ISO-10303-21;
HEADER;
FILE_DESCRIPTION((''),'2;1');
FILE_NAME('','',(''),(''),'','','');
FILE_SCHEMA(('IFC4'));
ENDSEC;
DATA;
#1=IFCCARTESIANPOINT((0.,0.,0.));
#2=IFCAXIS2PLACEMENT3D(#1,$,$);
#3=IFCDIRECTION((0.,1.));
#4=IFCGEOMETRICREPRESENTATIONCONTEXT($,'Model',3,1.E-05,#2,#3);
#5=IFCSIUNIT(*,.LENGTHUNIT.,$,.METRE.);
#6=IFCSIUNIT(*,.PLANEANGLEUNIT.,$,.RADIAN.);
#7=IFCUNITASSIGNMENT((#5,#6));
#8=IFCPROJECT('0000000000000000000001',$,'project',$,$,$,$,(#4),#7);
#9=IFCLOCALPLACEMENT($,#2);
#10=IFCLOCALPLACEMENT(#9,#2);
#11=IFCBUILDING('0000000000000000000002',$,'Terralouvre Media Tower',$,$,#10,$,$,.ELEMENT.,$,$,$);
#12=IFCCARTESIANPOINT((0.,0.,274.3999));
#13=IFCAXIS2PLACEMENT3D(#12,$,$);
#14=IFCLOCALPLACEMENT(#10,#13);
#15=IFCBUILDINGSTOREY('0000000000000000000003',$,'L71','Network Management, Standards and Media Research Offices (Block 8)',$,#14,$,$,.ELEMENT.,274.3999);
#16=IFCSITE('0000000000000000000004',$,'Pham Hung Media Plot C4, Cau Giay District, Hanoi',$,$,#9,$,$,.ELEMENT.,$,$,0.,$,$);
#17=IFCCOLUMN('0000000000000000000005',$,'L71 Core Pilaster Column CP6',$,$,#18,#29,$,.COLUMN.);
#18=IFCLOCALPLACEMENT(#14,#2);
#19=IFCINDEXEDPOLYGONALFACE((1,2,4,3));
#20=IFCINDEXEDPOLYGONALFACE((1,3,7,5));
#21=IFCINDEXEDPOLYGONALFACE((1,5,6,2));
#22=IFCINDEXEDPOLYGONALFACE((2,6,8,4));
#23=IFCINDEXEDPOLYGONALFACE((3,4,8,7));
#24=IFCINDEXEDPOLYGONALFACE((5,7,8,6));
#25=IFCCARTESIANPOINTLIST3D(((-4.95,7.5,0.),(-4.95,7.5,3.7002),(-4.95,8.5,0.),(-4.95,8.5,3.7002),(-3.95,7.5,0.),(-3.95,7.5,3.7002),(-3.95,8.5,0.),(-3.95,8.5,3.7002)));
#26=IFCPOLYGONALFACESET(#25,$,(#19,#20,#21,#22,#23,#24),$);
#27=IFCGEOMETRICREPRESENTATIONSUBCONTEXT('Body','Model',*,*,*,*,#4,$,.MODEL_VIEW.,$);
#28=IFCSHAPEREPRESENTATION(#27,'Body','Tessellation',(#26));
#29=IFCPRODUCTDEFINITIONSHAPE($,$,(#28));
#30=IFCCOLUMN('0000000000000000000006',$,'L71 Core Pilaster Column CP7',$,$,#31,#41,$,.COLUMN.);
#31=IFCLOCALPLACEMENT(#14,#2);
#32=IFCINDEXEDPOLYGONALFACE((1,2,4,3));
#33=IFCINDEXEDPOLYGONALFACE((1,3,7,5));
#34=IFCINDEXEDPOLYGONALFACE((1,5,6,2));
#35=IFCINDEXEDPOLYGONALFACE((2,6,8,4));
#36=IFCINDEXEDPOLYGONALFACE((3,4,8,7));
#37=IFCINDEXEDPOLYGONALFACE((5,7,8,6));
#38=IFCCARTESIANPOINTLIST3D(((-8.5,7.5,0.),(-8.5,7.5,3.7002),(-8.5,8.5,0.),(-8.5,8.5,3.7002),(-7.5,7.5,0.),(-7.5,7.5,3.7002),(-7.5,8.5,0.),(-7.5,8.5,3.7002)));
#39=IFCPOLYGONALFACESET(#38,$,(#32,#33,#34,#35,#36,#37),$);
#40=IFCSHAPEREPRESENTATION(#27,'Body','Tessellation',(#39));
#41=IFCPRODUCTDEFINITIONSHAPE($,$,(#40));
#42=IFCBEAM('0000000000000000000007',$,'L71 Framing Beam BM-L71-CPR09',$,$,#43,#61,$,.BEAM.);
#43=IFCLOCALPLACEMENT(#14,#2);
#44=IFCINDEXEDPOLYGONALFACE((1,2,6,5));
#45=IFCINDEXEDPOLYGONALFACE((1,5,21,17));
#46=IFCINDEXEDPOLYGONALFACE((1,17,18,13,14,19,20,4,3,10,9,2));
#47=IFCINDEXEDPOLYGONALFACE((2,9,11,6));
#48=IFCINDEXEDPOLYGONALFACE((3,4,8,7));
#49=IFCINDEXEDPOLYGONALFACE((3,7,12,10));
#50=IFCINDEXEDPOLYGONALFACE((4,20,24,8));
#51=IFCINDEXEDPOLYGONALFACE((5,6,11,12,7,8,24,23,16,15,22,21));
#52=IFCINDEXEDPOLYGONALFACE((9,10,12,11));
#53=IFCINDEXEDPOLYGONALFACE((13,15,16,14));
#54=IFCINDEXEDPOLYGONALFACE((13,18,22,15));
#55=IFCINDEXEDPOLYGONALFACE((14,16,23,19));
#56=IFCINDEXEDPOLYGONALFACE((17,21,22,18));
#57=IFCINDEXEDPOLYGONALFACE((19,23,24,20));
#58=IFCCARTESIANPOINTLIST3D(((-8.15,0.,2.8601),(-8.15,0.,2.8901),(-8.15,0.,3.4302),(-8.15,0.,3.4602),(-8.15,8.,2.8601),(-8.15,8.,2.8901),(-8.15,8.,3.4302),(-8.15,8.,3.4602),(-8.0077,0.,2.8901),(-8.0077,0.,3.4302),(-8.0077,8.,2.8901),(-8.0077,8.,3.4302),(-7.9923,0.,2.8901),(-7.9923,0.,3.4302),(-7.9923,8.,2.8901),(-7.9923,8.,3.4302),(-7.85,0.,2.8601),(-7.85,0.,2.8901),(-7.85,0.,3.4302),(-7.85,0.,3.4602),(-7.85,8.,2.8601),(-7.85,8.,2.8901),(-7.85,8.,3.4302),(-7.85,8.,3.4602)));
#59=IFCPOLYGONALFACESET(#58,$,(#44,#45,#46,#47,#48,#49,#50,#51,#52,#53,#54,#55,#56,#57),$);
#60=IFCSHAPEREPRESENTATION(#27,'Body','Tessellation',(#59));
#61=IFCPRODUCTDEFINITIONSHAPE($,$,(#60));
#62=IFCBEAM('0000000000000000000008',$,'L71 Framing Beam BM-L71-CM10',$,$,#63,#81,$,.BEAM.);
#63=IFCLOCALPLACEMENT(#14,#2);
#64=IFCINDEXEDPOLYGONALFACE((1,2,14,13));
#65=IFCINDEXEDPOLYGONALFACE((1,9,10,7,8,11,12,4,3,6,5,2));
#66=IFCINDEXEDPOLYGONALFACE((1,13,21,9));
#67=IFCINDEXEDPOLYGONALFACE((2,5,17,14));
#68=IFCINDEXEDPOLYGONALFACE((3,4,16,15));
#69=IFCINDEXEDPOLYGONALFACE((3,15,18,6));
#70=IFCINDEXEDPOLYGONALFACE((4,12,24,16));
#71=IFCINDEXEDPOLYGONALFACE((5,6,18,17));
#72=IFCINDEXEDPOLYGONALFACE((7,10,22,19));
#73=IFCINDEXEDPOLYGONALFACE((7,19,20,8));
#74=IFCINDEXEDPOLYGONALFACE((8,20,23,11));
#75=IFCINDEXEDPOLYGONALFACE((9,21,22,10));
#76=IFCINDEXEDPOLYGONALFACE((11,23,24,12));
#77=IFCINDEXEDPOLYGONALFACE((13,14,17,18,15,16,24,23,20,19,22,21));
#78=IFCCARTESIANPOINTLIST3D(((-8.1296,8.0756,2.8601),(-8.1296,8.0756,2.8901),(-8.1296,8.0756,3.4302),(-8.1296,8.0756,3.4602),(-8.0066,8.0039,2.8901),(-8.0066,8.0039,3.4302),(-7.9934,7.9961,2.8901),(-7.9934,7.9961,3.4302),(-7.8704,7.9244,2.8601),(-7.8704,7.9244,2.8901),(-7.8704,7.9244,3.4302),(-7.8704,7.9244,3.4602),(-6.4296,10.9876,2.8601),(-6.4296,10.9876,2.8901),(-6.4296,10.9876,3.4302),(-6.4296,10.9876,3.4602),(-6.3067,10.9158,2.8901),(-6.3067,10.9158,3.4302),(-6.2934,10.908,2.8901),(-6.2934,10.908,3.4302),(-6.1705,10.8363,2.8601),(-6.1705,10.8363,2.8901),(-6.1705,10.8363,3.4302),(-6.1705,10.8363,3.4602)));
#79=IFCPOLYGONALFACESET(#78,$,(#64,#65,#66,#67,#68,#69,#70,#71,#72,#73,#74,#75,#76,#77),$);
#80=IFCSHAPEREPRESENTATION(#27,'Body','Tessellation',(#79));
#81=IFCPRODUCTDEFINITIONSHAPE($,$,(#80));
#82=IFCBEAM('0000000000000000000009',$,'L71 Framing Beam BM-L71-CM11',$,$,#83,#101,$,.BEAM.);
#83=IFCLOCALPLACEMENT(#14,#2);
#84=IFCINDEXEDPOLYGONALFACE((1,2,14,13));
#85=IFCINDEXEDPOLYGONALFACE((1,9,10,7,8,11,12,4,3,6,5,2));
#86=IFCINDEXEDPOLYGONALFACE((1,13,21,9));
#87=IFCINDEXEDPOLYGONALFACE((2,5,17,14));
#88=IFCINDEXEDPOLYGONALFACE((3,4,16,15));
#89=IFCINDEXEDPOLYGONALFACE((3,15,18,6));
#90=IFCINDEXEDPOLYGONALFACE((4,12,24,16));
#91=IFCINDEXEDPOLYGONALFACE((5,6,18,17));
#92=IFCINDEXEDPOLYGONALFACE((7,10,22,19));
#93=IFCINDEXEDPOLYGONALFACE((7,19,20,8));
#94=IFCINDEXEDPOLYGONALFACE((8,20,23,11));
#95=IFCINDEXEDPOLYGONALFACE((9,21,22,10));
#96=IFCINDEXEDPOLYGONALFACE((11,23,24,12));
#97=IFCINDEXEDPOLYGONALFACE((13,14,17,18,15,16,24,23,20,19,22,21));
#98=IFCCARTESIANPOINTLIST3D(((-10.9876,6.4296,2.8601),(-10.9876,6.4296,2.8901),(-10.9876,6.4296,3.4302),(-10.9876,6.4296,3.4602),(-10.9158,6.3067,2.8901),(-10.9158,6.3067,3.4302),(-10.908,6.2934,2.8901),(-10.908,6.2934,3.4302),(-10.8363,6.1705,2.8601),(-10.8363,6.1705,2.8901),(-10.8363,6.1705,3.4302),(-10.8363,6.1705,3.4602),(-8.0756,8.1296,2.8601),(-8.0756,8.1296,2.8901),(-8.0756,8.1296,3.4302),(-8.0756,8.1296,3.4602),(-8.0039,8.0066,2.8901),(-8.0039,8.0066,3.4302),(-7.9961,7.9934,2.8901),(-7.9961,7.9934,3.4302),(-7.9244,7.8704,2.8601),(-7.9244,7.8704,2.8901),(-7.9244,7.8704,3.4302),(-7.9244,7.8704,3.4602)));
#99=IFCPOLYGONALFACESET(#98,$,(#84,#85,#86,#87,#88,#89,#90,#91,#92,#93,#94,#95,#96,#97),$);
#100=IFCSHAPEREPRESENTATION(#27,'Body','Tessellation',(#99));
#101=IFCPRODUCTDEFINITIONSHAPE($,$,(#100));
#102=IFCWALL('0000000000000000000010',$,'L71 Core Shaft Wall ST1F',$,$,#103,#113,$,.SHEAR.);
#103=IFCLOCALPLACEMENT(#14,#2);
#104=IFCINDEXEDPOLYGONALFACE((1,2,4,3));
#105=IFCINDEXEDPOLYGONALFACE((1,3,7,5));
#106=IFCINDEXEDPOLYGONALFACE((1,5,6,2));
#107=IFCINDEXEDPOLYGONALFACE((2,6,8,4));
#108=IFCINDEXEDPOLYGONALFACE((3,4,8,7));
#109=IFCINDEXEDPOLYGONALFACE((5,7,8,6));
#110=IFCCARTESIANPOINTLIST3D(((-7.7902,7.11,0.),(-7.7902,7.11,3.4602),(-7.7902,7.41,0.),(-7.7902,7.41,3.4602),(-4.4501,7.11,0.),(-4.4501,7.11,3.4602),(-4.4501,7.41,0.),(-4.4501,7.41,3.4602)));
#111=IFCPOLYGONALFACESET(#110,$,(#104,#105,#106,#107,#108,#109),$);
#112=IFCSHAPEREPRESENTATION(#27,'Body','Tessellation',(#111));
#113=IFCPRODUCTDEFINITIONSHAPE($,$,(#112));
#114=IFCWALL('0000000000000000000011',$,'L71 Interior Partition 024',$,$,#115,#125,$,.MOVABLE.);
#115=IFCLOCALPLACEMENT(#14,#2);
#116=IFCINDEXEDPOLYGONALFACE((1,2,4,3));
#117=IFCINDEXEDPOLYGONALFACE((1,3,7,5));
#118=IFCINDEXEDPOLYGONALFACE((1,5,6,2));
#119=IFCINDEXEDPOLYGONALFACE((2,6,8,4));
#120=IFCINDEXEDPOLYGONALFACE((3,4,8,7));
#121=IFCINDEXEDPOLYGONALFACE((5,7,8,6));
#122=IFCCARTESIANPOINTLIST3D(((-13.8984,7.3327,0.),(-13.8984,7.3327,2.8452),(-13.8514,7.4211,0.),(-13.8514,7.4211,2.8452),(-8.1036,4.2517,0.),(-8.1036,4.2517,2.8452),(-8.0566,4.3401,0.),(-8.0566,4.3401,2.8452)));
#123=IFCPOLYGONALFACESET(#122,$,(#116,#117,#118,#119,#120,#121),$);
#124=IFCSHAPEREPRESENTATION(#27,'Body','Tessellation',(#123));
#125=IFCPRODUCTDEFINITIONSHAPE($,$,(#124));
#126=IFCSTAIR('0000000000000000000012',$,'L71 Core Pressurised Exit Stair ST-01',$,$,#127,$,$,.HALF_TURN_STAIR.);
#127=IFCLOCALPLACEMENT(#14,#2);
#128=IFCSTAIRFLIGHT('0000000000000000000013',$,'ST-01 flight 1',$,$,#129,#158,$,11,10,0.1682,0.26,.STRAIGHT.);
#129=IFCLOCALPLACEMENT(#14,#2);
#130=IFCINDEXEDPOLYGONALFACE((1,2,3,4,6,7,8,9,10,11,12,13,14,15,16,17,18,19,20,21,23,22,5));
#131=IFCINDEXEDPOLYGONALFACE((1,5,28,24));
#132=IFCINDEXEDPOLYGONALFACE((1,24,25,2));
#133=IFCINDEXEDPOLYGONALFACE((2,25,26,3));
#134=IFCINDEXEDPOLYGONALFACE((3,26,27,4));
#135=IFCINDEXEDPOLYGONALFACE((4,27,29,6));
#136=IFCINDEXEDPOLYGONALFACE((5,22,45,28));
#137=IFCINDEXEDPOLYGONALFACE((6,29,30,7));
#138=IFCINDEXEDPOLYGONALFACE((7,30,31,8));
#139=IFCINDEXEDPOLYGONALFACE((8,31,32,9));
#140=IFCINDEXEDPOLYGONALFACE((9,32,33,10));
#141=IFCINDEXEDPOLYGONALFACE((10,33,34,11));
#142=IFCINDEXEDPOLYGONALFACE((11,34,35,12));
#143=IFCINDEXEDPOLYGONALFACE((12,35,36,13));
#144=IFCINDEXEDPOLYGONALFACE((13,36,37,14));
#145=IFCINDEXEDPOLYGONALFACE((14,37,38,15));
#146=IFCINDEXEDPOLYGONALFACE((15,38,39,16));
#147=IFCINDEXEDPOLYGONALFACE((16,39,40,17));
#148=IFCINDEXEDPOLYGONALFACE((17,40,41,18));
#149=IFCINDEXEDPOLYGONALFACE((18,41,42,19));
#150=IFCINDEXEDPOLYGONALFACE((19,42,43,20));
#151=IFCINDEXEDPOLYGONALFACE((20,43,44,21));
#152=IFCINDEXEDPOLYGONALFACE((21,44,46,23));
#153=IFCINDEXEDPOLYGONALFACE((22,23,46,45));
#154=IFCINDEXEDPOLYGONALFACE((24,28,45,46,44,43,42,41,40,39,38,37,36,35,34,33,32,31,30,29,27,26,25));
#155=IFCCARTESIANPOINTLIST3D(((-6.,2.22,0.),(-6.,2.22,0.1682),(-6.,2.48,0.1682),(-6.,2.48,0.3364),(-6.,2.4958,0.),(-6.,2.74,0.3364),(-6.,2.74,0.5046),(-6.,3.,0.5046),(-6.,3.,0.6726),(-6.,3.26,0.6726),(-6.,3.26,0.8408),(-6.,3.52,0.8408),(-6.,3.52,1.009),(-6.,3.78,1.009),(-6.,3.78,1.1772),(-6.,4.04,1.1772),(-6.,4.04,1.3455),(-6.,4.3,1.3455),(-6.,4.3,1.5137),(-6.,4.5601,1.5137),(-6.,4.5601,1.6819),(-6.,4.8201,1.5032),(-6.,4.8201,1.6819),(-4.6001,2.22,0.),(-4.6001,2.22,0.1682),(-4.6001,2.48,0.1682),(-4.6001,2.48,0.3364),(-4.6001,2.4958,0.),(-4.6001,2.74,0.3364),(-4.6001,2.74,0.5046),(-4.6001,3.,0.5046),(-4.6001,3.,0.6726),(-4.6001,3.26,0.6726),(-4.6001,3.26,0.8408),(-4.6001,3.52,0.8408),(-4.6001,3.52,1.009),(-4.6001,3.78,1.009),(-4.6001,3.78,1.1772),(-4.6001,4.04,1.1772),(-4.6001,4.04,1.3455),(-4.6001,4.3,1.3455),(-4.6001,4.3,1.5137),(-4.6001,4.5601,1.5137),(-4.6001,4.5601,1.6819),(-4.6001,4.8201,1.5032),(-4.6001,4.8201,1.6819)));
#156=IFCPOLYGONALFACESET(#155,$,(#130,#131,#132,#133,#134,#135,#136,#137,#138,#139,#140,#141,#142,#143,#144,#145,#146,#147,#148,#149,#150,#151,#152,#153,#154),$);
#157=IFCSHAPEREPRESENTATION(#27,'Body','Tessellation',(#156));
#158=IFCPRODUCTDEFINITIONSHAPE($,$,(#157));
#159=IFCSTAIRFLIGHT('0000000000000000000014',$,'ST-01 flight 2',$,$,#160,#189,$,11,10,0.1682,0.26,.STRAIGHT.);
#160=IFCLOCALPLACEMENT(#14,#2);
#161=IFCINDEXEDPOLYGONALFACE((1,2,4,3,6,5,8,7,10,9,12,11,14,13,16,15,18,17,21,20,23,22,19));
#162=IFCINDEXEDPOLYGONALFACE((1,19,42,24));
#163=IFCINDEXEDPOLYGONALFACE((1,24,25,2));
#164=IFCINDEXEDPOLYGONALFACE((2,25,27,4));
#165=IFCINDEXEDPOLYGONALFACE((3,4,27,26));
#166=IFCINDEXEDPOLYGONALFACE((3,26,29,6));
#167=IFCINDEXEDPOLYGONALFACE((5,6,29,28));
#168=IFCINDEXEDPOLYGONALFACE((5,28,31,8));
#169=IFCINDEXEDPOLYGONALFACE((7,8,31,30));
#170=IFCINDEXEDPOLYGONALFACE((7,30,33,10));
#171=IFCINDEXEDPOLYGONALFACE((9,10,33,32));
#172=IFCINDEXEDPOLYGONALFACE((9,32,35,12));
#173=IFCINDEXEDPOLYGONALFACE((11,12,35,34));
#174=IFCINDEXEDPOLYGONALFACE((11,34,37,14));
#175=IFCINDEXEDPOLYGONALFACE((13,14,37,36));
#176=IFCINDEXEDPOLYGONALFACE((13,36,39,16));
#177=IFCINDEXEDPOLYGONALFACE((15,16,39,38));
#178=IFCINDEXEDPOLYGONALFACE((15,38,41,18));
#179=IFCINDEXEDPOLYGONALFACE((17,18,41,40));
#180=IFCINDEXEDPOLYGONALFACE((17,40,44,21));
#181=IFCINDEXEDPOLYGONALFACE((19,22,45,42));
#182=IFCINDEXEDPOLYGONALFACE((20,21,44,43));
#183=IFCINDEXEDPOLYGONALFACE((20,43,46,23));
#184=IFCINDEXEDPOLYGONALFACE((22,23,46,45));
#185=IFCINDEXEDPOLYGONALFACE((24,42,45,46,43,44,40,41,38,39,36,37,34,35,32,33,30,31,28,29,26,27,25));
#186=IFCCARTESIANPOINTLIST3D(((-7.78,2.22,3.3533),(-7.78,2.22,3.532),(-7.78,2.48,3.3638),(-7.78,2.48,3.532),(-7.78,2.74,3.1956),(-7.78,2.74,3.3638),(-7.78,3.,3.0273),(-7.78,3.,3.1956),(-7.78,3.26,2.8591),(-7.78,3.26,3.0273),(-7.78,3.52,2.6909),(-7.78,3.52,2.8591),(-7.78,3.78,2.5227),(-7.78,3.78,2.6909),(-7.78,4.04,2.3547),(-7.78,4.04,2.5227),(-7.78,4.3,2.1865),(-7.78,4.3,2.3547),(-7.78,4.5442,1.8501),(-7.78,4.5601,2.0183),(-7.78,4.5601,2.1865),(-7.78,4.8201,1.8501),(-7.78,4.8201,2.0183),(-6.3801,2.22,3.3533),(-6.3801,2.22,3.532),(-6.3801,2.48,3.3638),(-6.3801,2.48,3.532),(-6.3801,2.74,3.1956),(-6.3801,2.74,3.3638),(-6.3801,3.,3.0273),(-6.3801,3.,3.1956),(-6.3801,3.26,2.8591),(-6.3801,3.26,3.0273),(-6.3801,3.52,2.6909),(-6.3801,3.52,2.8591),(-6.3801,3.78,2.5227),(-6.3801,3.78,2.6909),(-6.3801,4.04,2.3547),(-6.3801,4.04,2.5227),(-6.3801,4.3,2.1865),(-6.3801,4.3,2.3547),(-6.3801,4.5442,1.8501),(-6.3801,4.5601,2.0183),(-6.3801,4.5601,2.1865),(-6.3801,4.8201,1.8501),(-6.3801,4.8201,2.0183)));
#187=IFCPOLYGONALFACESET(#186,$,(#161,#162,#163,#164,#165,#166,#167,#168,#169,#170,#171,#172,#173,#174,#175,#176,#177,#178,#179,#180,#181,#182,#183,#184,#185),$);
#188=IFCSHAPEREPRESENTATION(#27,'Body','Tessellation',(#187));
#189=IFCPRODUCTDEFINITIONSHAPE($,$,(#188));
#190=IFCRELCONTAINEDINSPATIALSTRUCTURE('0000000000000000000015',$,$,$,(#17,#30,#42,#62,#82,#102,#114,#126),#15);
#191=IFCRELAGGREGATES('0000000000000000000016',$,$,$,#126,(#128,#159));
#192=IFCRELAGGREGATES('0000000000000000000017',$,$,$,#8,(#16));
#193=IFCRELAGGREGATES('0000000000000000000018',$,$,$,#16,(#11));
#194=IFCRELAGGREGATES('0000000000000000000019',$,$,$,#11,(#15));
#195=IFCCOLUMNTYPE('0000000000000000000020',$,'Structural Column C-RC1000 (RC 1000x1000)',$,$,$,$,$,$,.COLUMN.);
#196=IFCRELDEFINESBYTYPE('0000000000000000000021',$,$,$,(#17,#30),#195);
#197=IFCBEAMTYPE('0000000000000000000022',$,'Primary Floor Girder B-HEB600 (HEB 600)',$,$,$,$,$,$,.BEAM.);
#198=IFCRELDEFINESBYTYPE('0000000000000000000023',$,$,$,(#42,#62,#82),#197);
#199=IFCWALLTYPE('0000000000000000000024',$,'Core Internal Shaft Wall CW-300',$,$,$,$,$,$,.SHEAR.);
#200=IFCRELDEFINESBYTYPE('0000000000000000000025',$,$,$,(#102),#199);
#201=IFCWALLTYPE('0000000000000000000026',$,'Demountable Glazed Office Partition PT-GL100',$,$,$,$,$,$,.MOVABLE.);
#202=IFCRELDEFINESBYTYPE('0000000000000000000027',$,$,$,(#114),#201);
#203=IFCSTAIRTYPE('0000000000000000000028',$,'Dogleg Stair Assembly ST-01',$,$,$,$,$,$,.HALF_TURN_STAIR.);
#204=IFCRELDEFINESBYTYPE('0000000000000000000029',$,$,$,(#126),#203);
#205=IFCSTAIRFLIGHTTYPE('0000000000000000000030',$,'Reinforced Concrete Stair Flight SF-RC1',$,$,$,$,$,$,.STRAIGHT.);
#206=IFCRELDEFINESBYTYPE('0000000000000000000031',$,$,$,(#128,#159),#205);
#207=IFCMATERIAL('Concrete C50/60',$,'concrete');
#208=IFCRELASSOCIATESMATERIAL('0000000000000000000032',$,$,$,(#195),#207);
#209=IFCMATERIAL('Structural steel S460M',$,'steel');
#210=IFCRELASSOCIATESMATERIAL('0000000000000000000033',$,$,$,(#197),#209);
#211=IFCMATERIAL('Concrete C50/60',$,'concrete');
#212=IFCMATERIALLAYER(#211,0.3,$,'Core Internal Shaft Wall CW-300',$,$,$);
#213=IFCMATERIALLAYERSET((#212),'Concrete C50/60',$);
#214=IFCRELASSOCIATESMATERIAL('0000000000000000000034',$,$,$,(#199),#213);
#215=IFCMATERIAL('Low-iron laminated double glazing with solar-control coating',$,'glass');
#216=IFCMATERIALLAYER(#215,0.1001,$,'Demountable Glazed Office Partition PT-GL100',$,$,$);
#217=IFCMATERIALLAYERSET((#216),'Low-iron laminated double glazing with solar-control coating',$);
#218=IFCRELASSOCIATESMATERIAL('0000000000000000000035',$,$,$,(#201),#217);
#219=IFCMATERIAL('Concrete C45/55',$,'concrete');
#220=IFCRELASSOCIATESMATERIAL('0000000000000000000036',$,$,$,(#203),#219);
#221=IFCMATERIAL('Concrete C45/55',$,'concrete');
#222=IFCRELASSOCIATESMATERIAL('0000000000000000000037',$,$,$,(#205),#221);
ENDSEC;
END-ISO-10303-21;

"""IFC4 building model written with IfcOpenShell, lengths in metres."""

from ifc_helpers import new_model, si_unit, direction, frame, frame_2d, origin, origin_2d, place, context, subcontext, project, spatial, polyline, rectangle, i_section, outline, extrude, material, layer, layer_set, material_profile, profile_set, type_object, element, aggregate, save


model = new_model("IFC4")

# Units and contexts
model_context = context("Model", 3, precision=1e-05, world=origin(), true_north=direction((0.0, 1.0)))
body_context = subcontext(model_context, "Body", "Model", "MODEL_VIEW")
ifc_project = project(units=[si_unit("LENGTHUNIT", "METRE"), si_unit("PLANEANGLEUNIT", "RADIAN")], contexts=[model_context])

# Site, building, storey
site_placement = place(None, origin())
site = spatial("IfcSite", under=ifc_project, at=site_placement, Name="Pham Hung Media Plot C4, Cau Giay District, Hanoi", CompositionType="ELEMENT", RefElevation=0.0)
building_placement = place(site_placement, origin())
building = spatial("IfcBuilding", under=site, at=building_placement, Name="Terralouvre Media Tower", CompositionType="ELEMENT")
storey_placement = place(building_placement, frame((0.0, 0.0, 274.3999)))
storey = spatial("IfcBuildingStorey", under=building, at=storey_placement, Name="L71", Description="Network Management, Standards and Media Research Offices (Block 8)", CompositionType="ELEMENT", Elevation=274.3999)

# Columns
ifc_material_1 = material(Name="Concrete C50/60", Category="concrete")
ifc_material_profile_1 = material_profile(ifc_material_1, rectangle(XDim=1.0, YDim=1.0, at=origin_2d()), Name="RC 1000x1000")
ifc_profile_set_1 = profile_set([ifc_material_profile_1], Name="Concrete C50/60")
column_type = type_object("IfcColumnType", Name="Structural Column C-RC1000 (RC 1000x1000)", PredefinedType="COLUMN", material=ifc_profile_set_1)
for number, where, z_axis, x_axis, name in (
    (1, (-4.45, 8.0, 0.0), (0.0, 0.0, 1.0), (1.0, 0.0, 0.0), "L71 Core Pilaster Column CP6"),
    (2, (-8.0, 8.0, 0.0), (0.0, 0.0, 1.0), (1.0, 0.0, 0.0), "L71 Core Pilaster Column CP7"),
):
    element("IfcColumn", number, at=place(storey_placement, frame(where, z_axis=z_axis, x_axis=x_axis)), inside=storey, type_object=column_type, Name=name, PredefinedType="COLUMN", context=body_context, shape_type="SweptSolid", body=[
        extrude(rectangle(XDim=1.0, YDim=1.0, at=origin_2d()), origin(), (0.0, 0.0, 1.0), 3.7002),
    ])

# Beams
ifc_material_2 = material(Name="Structural steel S460M", Category="steel")
ifc_material_profile_2 = material_profile(ifc_material_2, i_section(OverallWidth=0.3, OverallDepth=0.6001, WebThickness=0.0154, FlangeThickness=0.03, at=origin_2d()), Name="HEB 600")
ifc_profile_set_2 = profile_set([ifc_material_profile_2], Name="Structural steel S460M")
beam_type = type_object("IfcBeamType", Name="Primary Floor Girder B-HEB600 (HEB 600)", PredefinedType="BEAM", material=ifc_profile_set_2)
beam_placement = place(storey_placement, frame((-8.0, 8.0, 3.1602), z_axis=(0.0, -1.0, 0.0), x_axis=(1.0, 0.0, 0.0)))
element("IfcBeam", 3, at=beam_placement, inside=storey, type_object=beam_type, Name="L71 Framing Beam BM-L71-CPR09", PredefinedType="BEAM", context=body_context, shape_type="SweptSolid", body=[
    extrude(i_section(OverallWidth=0.3, OverallDepth=0.6001, WebThickness=0.0154, FlangeThickness=0.03, at=origin_2d()), origin(), (0.0, 0.0, 1.0), 8.0),
])
for number, where, z_axis, x_axis, name in (
    (4, (-8.0, 8.0, 3.1602), (0.504173, 0.863603, 0.0), (-0.863603, 0.504173, 0.0), "L71 Framing Beam BM-L71-CM10"),
    (5, (-8.0, 8.0, 3.1602), (-0.863603, -0.504173, 0.0), (0.504173, -0.863603, 0.0), "L71 Framing Beam BM-L71-CM11"),
):
    element("IfcBeam", number, at=place(storey_placement, frame(where, z_axis=z_axis, x_axis=x_axis)), inside=storey, type_object=beam_type, Name=name, PredefinedType="BEAM", context=body_context, shape_type="SweptSolid", body=[
        extrude(i_section(OverallWidth=0.3, OverallDepth=0.6001, WebThickness=0.0154, FlangeThickness=0.03, at=origin_2d()), origin(), (0.0, 0.0, 1.0), 3.3718),
    ])

# Shared definitions
ifc_material_3 = material(Name="Concrete C50/60", Category="concrete")
ifc_layer_1 = layer(ifc_material_3, 0.3, Name="Core Internal Shaft Wall CW-300")
ifc_layer_set_1 = layer_set([ifc_layer_1], Name="Concrete C50/60")
wall_type_1 = type_object("IfcWallType", Name="Core Internal Shaft Wall CW-300", PredefinedType="SHEAR", material=ifc_layer_set_1)

# Wall
wall_1_placement = place(storey_placement, frame((-7.79, 7.26, 0.0), z_axis=(0.0, 0.0, 1.0), x_axis=(1.0, 0.0, 0.0)))
element("IfcWall", 6, at=wall_1_placement, inside=storey, type_object=wall_type_1, Name="L71 Core Shaft Wall ST1F", PredefinedType="SHEAR", context=body_context, shape_type="SweptSolid", body=[
    extrude(rectangle(XDim=3.3401, YDim=0.3, at=frame_2d((1.6699, 0.0))), origin(), (0.0, 0.0, 1.0), 3.4602),
])

# Wall
ifc_material_4 = material(Name="Low-iron laminated double glazing with solar-control coating", Category="glass")
ifc_layer_2 = layer(ifc_material_4, 0.1001, Name="Demountable Glazed Office Partition PT-GL100")
ifc_layer_set_2 = layer_set([ifc_layer_2], Name="Low-iron laminated double glazing with solar-control coating")
wall_type_2 = type_object("IfcWallType", Name="Demountable Glazed Office Partition PT-GL100", PredefinedType="MOVABLE", material=ifc_layer_set_2)
wall_2_placement = place(storey_placement, frame((-8.0801, 4.2959, 0.0), z_axis=(0.0, 0.0, 1.0), x_axis=(-0.882958, 0.469453, 0.0)))
element("IfcWall", 7, at=wall_2_placement, inside=storey, type_object=wall_type_2, Name="L71 Interior Partition 024", PredefinedType="MOVABLE", context=body_context, shape_type="SweptSolid", body=[
    extrude(rectangle(XDim=6.563, YDim=0.1001, at=frame_2d((3.2815, 0.0))), origin(), (0.0, 0.0, 1.0), 2.8452),
])

# Stair, stair flights
ifc_material_5 = material(Name="Concrete C45/55", Category="concrete")
stair_type = type_object("IfcStairType", Name="Dogleg Stair Assembly ST-01", PredefinedType="HALF_TURN_STAIR", material=ifc_material_5)
stair_placement = place(storey_placement, origin())
stair = element("IfcStair", 8, at=stair_placement, inside=storey, type_object=stair_type, Name="L71 Core Pressurised Exit Stair ST-01", PredefinedType="HALF_TURN_STAIR")
ifc_material_6 = material(Name="Concrete C45/55", Category="concrete")
stair_flight_type = type_object("IfcStairFlightType", Name="Reinforced Concrete Stair Flight SF-RC1", PredefinedType="STRAIGHT", material=ifc_material_6)
stair_flight_1_placement = place(storey_placement, frame((-5.3, 2.22, 0.0), z_axis=(0.0, 0.0, 1.0), x_axis=(0.0, 1.0, 0.0)))
stair_flight_1 = element("IfcStairFlight", 9, at=stair_flight_1_placement, type_object=stair_flight_type, Name="ST-01 flight 1", NumberOfRisers=11, NumberOfTreads=10, PredefinedType="STRAIGHT", RiserHeight=0.1682, TreadLength=0.26, context=body_context, shape_type="SweptSolid", body=[
    extrude(outline(polyline([(0.0, 0.0), (0.0, 0.1682), (0.26, 0.1682), (0.26, 0.3364), (0.52, 0.3364), (0.52, 0.5046), (0.78, 0.5046), (0.78, 0.6726), (1.04, 0.6726), (1.04, 0.8408), (1.3, 0.8408), (1.3, 1.009), (1.5601, 1.009), (1.5601, 1.1772), (1.8201, 1.1772), (1.8201, 1.3455), (2.0801, 1.3455), (2.0801, 1.5137), (2.3401, 1.5137), (2.3401, 1.6819), (2.6001, 1.6819), (2.6001, 1.8501), (2.6001, 1.5032), (0.2759, 0.0), (0.0, 0.0)])), frame((0.0, 0.7, 0.0), z_axis=(0.0, -1.0, 0.0), x_axis=(1.0, 0.0, 0.0)), (0.0, 0.0, 1.0), 1.3999),
])
stair_flight_2_placement = place(storey_placement, frame((-7.0801, 4.8201, 1.8501), z_axis=(0.0, 0.0, 1.0), x_axis=(0.0, -1.0, 0.0)))
stair_flight_2 = element("IfcStairFlight", 10, at=stair_flight_2_placement, type_object=stair_flight_type, Name="ST-01 flight 2", NumberOfRisers=11, NumberOfTreads=10, PredefinedType="STRAIGHT", RiserHeight=0.1682, TreadLength=0.26, context=body_context, shape_type="SweptSolid", body=[
    extrude(outline(polyline([(0.0, 0.0), (0.0, 0.1682), (0.26, 0.1682), (0.26, 0.3364), (0.52, 0.3364), (0.52, 0.5046), (0.78, 0.5046), (0.78, 0.6726), (1.04, 0.6726), (1.04, 0.8408), (1.3, 0.8408), (1.3, 1.009), (1.5601, 1.009), (1.5601, 1.1772), (1.8201, 1.1772), (1.8201, 1.3455), (2.0801, 1.3455), (2.0801, 1.5137), (2.3401, 1.5137), (2.3401, 1.6819), (2.6001, 1.6819), (2.6001, 1.8501), (2.6001, 1.5032), (0.2759, 0.0), (0.0, 0.0)])), frame((0.0, 0.7, 0.0), z_axis=(0.0, -1.0, 0.0), x_axis=(1.0, 0.0, 0.0)), (0.0, 0.0, 1.0), 1.3999),
])
aggregate(stair, [stair_flight_1, stair_flight_2])

save(model, "model.ifc")
